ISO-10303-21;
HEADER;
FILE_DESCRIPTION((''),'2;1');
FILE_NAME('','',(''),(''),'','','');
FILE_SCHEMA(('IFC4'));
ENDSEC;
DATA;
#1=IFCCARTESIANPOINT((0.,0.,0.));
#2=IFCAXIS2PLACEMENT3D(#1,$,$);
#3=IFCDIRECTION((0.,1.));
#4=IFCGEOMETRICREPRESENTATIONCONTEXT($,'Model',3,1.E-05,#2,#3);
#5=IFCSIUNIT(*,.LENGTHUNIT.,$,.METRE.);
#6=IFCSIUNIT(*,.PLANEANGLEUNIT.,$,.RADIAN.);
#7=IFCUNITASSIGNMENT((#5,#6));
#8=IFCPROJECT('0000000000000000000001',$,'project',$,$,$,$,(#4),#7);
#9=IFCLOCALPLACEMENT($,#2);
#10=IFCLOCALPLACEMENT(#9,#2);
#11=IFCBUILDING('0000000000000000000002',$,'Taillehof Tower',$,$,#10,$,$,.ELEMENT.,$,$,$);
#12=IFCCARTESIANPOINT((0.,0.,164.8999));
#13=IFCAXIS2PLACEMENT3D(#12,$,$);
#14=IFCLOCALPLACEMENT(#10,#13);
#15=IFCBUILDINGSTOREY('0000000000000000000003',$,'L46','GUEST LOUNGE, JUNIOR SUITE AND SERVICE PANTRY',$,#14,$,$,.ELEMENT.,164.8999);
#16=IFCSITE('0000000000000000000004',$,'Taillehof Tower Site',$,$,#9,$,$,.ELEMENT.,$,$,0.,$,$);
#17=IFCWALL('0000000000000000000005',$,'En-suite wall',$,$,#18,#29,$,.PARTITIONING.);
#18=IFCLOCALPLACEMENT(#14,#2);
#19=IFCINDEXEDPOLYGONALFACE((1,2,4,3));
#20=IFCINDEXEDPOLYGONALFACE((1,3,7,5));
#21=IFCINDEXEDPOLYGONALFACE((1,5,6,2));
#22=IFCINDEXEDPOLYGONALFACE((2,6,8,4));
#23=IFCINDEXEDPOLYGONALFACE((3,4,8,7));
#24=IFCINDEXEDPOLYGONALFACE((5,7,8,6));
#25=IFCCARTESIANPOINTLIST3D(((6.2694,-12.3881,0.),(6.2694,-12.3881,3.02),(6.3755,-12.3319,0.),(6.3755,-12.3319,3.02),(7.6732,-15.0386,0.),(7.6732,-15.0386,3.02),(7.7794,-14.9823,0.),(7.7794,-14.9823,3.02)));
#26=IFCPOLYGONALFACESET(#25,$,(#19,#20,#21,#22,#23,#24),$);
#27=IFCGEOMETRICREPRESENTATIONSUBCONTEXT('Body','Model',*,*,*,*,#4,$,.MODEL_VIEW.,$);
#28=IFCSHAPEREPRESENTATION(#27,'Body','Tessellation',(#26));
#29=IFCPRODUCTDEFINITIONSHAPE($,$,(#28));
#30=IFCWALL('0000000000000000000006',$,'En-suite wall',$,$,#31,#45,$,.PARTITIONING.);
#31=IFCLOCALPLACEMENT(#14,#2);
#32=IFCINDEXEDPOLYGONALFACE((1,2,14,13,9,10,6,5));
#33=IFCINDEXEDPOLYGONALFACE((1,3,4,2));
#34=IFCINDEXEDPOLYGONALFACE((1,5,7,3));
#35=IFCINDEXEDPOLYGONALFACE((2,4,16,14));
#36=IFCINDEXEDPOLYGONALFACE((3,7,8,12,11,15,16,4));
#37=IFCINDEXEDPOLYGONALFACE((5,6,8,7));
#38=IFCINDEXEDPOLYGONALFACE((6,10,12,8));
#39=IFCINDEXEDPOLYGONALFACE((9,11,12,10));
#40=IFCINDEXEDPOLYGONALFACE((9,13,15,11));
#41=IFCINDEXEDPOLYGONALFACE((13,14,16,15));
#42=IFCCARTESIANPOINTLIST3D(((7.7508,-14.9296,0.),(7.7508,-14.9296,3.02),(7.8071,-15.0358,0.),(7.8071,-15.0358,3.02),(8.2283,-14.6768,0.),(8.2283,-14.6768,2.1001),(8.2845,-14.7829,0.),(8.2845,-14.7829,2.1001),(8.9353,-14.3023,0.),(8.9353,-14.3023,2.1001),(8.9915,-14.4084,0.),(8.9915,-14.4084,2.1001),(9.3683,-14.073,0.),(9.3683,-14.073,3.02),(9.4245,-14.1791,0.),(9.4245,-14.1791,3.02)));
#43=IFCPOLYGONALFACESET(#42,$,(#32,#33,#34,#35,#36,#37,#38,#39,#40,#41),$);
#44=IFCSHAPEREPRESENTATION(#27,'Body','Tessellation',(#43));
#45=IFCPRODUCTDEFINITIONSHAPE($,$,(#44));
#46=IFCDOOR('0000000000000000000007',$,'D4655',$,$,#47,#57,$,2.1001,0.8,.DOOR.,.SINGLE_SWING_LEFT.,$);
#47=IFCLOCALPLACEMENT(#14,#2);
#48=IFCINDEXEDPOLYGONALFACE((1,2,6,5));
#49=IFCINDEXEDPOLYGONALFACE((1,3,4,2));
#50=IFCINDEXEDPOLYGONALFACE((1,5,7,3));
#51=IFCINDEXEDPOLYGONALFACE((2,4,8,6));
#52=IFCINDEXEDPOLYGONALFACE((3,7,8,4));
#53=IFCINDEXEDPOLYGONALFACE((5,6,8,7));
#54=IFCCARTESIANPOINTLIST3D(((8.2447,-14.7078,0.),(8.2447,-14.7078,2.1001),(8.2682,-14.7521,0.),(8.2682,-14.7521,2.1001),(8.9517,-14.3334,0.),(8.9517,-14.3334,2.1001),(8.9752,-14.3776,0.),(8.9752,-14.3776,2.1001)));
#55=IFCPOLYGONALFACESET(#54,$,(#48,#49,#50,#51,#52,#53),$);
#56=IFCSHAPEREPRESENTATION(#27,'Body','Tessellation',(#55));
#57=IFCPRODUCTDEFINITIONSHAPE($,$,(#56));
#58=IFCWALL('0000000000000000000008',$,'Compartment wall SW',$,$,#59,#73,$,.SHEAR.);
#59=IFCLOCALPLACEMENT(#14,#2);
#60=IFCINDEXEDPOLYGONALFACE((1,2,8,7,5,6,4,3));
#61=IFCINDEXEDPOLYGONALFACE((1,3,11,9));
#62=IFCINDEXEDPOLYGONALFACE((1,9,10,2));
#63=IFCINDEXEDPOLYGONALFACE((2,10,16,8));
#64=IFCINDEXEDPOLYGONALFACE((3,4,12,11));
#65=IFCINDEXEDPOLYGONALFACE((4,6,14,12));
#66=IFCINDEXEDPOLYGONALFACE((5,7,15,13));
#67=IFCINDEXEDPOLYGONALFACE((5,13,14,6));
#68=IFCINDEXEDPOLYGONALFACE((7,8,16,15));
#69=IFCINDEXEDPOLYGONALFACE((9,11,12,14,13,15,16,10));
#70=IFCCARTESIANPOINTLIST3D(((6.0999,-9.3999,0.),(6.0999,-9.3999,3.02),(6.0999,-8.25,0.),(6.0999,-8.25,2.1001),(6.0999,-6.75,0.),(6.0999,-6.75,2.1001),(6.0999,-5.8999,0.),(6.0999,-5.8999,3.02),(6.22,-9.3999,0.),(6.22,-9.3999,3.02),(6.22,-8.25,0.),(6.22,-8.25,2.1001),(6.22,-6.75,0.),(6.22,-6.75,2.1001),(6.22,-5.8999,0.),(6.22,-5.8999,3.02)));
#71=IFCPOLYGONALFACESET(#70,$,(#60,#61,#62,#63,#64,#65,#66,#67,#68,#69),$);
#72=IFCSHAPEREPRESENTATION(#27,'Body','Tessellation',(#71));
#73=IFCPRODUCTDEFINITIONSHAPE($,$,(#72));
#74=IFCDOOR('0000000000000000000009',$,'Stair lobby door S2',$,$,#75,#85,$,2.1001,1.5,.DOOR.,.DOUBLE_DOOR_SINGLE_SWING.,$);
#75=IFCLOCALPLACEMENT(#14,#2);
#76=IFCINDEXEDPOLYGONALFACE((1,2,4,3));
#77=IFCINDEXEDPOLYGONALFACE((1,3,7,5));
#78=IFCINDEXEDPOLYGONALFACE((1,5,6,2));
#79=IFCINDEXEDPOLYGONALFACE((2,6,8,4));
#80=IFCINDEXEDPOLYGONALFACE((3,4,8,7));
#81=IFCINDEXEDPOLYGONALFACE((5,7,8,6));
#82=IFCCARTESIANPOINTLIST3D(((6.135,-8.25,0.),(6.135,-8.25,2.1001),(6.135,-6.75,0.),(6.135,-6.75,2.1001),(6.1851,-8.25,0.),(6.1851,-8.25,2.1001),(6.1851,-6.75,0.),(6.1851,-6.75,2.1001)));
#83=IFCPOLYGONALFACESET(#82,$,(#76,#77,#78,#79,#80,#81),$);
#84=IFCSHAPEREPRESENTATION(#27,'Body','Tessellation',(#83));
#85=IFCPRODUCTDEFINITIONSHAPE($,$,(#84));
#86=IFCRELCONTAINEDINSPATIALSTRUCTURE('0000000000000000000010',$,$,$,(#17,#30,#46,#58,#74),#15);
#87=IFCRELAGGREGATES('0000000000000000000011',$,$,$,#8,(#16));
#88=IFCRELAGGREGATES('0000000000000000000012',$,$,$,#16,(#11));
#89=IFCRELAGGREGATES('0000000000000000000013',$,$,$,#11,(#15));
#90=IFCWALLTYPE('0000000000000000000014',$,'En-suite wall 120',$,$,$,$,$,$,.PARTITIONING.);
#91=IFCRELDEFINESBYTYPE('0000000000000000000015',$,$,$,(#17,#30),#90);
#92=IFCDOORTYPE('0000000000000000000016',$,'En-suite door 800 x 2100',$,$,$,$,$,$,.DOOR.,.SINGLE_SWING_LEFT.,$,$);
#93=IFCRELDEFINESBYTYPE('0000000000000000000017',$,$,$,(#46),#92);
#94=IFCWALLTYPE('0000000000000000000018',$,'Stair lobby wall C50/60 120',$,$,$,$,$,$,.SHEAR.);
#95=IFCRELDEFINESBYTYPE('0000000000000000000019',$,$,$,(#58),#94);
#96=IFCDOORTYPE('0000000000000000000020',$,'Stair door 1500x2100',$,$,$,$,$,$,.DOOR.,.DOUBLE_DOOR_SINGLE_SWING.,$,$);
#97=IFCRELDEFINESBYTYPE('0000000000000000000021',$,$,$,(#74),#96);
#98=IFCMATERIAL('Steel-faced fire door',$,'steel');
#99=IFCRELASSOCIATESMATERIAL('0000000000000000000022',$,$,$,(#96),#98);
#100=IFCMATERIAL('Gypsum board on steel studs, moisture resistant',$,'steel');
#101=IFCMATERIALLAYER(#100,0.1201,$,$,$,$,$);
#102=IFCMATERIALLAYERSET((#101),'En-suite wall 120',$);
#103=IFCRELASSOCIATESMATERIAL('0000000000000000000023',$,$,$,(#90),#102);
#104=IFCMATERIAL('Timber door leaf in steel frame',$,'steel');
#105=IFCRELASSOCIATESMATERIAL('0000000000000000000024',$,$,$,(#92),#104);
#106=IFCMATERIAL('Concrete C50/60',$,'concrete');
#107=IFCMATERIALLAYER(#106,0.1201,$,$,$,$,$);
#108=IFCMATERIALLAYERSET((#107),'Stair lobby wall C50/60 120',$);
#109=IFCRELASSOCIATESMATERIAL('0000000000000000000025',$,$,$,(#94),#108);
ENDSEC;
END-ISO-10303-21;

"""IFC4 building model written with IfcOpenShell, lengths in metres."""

from ifc_helpers import new_model, si_unit, direction, frame, frame_2d, origin, place, context, subcontext, project, spatial, rectangle, extrude, material, layer, layer_set, type_object, element, fill, save


model = new_model("IFC4")

# Units and contexts
model_context = context("Model", 3, precision=1e-05, world=origin(), true_north=direction((0.0, 1.0)))
body_context = subcontext(model_context, "Body", "Model", "MODEL_VIEW")
ifc_project = project(units=[si_unit("LENGTHUNIT", "METRE"), si_unit("PLANEANGLEUNIT", "RADIAN")], contexts=[model_context])

# Site, building, storey
site_placement = place(None, origin())
site = spatial("IfcSite", under=ifc_project, at=site_placement, Name="Taillehof Tower Site", CompositionType="ELEMENT", RefElevation=0.0)
building_placement = place(site_placement, origin())
building = spatial("IfcBuilding", under=site, at=building_placement, Name="Taillehof Tower", CompositionType="ELEMENT")
storey_placement = place(building_placement, frame((0.0, 0.0, 164.8999)))
storey = spatial("IfcBuildingStorey", under=building, at=storey_placement, Name="L46", Description="GUEST LOUNGE, JUNIOR SUITE AND SERVICE PANTRY", CompositionType="ELEMENT", Elevation=164.8999)

# Shared definitions
ifc_material_1 = material(Name="Steel-faced fire door", Category="steel")
door_type_1 = type_object("IfcDoorType", Name="Stair door 1500x2100", OperationType="DOUBLE_DOOR_SINGLE_SWING", PredefinedType="DOOR", material=ifc_material_1)

# Wall
ifc_material_2 = material(Name="Gypsum board on steel studs, moisture resistant", Category="steel")
ifc_layer_1 = layer(ifc_material_2, 0.1201)
ifc_layer_set_1 = layer_set([ifc_layer_1], Name="En-suite wall 120")
wall_type_1 = type_object("IfcWallType", Name="En-suite wall 120", PredefinedType="PARTITIONING", material=ifc_layer_set_1)
wall_1_placement = place(storey_placement, frame((6.3225, -12.3601, 0.0), z_axis=(0.0, 0.0, 1.0), x_axis=(0.46806, -0.883697, 0.0)))
element("IfcWall", 1, at=wall_1_placement, inside=storey, type_object=wall_type_1, Name="En-suite wall", PredefinedType="PARTITIONING", context=body_context, shape_type="SweptSolid", body=[
    extrude(rectangle(XDim=2.9993, YDim=0.1201, at=frame_2d((1.4995, 0.0))), origin(), (0.0, 0.0, 1.0), 3.02),
])

# Walls, openings, doors
wall_2_placement = place(storey_placement, frame((7.7791, -14.9827, 0.0), z_axis=(0.0, 0.0, 1.0), x_axis=(0.883697, 0.468059, 0.0)))
wall_2 = element("IfcWall", 2, at=wall_2_placement, inside=storey, type_object=wall_type_1, Name="En-suite wall", PredefinedType="PARTITIONING", context=body_context, shape_type="SweptSolid", body=[
    extrude(rectangle(XDim=1.8303, YDim=0.1201, at=frame_2d((0.915, 0.0))), origin(), (0.0, 0.0, 1.0), 3.02),
])
opening_1_placement = place(wall_2_placement, frame((0.5403, 0.0, 0.0)))
opening_1 = element("IfcOpeningElement", 3, at=opening_1_placement, cuts=wall_2, PredefinedType="OPENING", context=body_context, shape_type="SweptSolid", body=[
    extrude(rectangle(XDim=0.8, YDim=2.1001, at=frame_2d((0.3999, 1.05))), frame((0.0, 0.0701, 0.0), z_axis=(0.0, -1.0, 0.0), x_axis=(1.0, 0.0, 0.0)), (0.0, 0.0, 1.0), 0.1401),
])
ifc_material_3 = material(Name="Timber door leaf in steel frame", Category="steel")
door_type_2 = type_object("IfcDoorType", Name="En-suite door 800 x 2100", OperationType="SINGLE_SWING_LEFT", PredefinedType="DOOR", material=ifc_material_3)
door_1_placement = place(opening_1_placement, origin())
door_1 = element("IfcDoor", 4, at=door_1_placement, inside=storey, type_object=door_type_2, Name="D4655", OperationType="SINGLE_SWING_LEFT", OverallHeight=2.1001, OverallWidth=0.8, PredefinedType="DOOR", context=body_context, shape_type="SweptSolid", body=[
    extrude(rectangle(XDim=0.8, YDim=2.1001, at=frame_2d((0.3999, 1.05))), frame((0.0, 0.0249, 0.0), z_axis=(0.0, -1.0, 0.0), x_axis=(1.0, 0.0, 0.0)), (0.0, 0.0, 1.0), 0.05),
])
fill(opening_1, door_1)
ifc_material_4 = material(Name="Concrete C50/60", Category="concrete")
ifc_layer_2 = layer(ifc_material_4, 0.1201)
ifc_layer_set_2 = layer_set([ifc_layer_2], Name="Stair lobby wall C50/60 120")
wall_type_2 = type_object("IfcWallType", Name="Stair lobby wall C50/60 120", PredefinedType="SHEAR", material=ifc_layer_set_2)
wall_3_placement = place(storey_placement, frame((6.1599, -9.3999, 0.0), z_axis=(0.0, 0.0, 1.0), x_axis=(0.0, 1.0, 0.0)))
wall_3 = element("IfcWall", 5, at=wall_3_placement, inside=storey, type_object=wall_type_2, Name="Compartment wall SW", PredefinedType="SHEAR", context=body_context, shape_type="SweptSolid", body=[
    extrude(rectangle(XDim=3.5, YDim=0.1201, at=frame_2d((1.75, 0.0))), origin(), (0.0, 0.0, 1.0), 3.02),
])
opening_2_placement = place(wall_3_placement, frame((1.1499, 0.0, 0.0)))
opening_2 = element("IfcOpeningElement", 6, at=opening_2_placement, cuts=wall_3, PredefinedType="OPENING", context=body_context, shape_type="SweptSolid", body=[
    extrude(rectangle(XDim=1.5, YDim=2.1001, at=frame_2d((0.75, 1.05))), frame((0.0, 0.0701, 0.0), z_axis=(0.0, -1.0, 0.0), x_axis=(1.0, 0.0, 0.0)), (0.0, 0.0, 1.0), 0.1401),
])
door_2_placement = place(opening_2_placement, origin())
door_2 = element("IfcDoor", 7, at=door_2_placement, inside=storey, type_object=door_type_1, Name="Stair lobby door S2", OperationType="DOUBLE_DOOR_SINGLE_SWING", OverallHeight=2.1001, OverallWidth=1.5, PredefinedType="DOOR", context=body_context, shape_type="SweptSolid", body=[
    extrude(rectangle(XDim=1.5, YDim=2.1001, at=frame_2d((0.75, 1.05))), frame((0.0, 0.0249, 0.0), z_axis=(0.0, -1.0, 0.0), x_axis=(1.0, 0.0, 0.0)), (0.0, 0.0, 1.0), 0.05),
])
fill(opening_2, door_2)

save(model, "model.ifc")
